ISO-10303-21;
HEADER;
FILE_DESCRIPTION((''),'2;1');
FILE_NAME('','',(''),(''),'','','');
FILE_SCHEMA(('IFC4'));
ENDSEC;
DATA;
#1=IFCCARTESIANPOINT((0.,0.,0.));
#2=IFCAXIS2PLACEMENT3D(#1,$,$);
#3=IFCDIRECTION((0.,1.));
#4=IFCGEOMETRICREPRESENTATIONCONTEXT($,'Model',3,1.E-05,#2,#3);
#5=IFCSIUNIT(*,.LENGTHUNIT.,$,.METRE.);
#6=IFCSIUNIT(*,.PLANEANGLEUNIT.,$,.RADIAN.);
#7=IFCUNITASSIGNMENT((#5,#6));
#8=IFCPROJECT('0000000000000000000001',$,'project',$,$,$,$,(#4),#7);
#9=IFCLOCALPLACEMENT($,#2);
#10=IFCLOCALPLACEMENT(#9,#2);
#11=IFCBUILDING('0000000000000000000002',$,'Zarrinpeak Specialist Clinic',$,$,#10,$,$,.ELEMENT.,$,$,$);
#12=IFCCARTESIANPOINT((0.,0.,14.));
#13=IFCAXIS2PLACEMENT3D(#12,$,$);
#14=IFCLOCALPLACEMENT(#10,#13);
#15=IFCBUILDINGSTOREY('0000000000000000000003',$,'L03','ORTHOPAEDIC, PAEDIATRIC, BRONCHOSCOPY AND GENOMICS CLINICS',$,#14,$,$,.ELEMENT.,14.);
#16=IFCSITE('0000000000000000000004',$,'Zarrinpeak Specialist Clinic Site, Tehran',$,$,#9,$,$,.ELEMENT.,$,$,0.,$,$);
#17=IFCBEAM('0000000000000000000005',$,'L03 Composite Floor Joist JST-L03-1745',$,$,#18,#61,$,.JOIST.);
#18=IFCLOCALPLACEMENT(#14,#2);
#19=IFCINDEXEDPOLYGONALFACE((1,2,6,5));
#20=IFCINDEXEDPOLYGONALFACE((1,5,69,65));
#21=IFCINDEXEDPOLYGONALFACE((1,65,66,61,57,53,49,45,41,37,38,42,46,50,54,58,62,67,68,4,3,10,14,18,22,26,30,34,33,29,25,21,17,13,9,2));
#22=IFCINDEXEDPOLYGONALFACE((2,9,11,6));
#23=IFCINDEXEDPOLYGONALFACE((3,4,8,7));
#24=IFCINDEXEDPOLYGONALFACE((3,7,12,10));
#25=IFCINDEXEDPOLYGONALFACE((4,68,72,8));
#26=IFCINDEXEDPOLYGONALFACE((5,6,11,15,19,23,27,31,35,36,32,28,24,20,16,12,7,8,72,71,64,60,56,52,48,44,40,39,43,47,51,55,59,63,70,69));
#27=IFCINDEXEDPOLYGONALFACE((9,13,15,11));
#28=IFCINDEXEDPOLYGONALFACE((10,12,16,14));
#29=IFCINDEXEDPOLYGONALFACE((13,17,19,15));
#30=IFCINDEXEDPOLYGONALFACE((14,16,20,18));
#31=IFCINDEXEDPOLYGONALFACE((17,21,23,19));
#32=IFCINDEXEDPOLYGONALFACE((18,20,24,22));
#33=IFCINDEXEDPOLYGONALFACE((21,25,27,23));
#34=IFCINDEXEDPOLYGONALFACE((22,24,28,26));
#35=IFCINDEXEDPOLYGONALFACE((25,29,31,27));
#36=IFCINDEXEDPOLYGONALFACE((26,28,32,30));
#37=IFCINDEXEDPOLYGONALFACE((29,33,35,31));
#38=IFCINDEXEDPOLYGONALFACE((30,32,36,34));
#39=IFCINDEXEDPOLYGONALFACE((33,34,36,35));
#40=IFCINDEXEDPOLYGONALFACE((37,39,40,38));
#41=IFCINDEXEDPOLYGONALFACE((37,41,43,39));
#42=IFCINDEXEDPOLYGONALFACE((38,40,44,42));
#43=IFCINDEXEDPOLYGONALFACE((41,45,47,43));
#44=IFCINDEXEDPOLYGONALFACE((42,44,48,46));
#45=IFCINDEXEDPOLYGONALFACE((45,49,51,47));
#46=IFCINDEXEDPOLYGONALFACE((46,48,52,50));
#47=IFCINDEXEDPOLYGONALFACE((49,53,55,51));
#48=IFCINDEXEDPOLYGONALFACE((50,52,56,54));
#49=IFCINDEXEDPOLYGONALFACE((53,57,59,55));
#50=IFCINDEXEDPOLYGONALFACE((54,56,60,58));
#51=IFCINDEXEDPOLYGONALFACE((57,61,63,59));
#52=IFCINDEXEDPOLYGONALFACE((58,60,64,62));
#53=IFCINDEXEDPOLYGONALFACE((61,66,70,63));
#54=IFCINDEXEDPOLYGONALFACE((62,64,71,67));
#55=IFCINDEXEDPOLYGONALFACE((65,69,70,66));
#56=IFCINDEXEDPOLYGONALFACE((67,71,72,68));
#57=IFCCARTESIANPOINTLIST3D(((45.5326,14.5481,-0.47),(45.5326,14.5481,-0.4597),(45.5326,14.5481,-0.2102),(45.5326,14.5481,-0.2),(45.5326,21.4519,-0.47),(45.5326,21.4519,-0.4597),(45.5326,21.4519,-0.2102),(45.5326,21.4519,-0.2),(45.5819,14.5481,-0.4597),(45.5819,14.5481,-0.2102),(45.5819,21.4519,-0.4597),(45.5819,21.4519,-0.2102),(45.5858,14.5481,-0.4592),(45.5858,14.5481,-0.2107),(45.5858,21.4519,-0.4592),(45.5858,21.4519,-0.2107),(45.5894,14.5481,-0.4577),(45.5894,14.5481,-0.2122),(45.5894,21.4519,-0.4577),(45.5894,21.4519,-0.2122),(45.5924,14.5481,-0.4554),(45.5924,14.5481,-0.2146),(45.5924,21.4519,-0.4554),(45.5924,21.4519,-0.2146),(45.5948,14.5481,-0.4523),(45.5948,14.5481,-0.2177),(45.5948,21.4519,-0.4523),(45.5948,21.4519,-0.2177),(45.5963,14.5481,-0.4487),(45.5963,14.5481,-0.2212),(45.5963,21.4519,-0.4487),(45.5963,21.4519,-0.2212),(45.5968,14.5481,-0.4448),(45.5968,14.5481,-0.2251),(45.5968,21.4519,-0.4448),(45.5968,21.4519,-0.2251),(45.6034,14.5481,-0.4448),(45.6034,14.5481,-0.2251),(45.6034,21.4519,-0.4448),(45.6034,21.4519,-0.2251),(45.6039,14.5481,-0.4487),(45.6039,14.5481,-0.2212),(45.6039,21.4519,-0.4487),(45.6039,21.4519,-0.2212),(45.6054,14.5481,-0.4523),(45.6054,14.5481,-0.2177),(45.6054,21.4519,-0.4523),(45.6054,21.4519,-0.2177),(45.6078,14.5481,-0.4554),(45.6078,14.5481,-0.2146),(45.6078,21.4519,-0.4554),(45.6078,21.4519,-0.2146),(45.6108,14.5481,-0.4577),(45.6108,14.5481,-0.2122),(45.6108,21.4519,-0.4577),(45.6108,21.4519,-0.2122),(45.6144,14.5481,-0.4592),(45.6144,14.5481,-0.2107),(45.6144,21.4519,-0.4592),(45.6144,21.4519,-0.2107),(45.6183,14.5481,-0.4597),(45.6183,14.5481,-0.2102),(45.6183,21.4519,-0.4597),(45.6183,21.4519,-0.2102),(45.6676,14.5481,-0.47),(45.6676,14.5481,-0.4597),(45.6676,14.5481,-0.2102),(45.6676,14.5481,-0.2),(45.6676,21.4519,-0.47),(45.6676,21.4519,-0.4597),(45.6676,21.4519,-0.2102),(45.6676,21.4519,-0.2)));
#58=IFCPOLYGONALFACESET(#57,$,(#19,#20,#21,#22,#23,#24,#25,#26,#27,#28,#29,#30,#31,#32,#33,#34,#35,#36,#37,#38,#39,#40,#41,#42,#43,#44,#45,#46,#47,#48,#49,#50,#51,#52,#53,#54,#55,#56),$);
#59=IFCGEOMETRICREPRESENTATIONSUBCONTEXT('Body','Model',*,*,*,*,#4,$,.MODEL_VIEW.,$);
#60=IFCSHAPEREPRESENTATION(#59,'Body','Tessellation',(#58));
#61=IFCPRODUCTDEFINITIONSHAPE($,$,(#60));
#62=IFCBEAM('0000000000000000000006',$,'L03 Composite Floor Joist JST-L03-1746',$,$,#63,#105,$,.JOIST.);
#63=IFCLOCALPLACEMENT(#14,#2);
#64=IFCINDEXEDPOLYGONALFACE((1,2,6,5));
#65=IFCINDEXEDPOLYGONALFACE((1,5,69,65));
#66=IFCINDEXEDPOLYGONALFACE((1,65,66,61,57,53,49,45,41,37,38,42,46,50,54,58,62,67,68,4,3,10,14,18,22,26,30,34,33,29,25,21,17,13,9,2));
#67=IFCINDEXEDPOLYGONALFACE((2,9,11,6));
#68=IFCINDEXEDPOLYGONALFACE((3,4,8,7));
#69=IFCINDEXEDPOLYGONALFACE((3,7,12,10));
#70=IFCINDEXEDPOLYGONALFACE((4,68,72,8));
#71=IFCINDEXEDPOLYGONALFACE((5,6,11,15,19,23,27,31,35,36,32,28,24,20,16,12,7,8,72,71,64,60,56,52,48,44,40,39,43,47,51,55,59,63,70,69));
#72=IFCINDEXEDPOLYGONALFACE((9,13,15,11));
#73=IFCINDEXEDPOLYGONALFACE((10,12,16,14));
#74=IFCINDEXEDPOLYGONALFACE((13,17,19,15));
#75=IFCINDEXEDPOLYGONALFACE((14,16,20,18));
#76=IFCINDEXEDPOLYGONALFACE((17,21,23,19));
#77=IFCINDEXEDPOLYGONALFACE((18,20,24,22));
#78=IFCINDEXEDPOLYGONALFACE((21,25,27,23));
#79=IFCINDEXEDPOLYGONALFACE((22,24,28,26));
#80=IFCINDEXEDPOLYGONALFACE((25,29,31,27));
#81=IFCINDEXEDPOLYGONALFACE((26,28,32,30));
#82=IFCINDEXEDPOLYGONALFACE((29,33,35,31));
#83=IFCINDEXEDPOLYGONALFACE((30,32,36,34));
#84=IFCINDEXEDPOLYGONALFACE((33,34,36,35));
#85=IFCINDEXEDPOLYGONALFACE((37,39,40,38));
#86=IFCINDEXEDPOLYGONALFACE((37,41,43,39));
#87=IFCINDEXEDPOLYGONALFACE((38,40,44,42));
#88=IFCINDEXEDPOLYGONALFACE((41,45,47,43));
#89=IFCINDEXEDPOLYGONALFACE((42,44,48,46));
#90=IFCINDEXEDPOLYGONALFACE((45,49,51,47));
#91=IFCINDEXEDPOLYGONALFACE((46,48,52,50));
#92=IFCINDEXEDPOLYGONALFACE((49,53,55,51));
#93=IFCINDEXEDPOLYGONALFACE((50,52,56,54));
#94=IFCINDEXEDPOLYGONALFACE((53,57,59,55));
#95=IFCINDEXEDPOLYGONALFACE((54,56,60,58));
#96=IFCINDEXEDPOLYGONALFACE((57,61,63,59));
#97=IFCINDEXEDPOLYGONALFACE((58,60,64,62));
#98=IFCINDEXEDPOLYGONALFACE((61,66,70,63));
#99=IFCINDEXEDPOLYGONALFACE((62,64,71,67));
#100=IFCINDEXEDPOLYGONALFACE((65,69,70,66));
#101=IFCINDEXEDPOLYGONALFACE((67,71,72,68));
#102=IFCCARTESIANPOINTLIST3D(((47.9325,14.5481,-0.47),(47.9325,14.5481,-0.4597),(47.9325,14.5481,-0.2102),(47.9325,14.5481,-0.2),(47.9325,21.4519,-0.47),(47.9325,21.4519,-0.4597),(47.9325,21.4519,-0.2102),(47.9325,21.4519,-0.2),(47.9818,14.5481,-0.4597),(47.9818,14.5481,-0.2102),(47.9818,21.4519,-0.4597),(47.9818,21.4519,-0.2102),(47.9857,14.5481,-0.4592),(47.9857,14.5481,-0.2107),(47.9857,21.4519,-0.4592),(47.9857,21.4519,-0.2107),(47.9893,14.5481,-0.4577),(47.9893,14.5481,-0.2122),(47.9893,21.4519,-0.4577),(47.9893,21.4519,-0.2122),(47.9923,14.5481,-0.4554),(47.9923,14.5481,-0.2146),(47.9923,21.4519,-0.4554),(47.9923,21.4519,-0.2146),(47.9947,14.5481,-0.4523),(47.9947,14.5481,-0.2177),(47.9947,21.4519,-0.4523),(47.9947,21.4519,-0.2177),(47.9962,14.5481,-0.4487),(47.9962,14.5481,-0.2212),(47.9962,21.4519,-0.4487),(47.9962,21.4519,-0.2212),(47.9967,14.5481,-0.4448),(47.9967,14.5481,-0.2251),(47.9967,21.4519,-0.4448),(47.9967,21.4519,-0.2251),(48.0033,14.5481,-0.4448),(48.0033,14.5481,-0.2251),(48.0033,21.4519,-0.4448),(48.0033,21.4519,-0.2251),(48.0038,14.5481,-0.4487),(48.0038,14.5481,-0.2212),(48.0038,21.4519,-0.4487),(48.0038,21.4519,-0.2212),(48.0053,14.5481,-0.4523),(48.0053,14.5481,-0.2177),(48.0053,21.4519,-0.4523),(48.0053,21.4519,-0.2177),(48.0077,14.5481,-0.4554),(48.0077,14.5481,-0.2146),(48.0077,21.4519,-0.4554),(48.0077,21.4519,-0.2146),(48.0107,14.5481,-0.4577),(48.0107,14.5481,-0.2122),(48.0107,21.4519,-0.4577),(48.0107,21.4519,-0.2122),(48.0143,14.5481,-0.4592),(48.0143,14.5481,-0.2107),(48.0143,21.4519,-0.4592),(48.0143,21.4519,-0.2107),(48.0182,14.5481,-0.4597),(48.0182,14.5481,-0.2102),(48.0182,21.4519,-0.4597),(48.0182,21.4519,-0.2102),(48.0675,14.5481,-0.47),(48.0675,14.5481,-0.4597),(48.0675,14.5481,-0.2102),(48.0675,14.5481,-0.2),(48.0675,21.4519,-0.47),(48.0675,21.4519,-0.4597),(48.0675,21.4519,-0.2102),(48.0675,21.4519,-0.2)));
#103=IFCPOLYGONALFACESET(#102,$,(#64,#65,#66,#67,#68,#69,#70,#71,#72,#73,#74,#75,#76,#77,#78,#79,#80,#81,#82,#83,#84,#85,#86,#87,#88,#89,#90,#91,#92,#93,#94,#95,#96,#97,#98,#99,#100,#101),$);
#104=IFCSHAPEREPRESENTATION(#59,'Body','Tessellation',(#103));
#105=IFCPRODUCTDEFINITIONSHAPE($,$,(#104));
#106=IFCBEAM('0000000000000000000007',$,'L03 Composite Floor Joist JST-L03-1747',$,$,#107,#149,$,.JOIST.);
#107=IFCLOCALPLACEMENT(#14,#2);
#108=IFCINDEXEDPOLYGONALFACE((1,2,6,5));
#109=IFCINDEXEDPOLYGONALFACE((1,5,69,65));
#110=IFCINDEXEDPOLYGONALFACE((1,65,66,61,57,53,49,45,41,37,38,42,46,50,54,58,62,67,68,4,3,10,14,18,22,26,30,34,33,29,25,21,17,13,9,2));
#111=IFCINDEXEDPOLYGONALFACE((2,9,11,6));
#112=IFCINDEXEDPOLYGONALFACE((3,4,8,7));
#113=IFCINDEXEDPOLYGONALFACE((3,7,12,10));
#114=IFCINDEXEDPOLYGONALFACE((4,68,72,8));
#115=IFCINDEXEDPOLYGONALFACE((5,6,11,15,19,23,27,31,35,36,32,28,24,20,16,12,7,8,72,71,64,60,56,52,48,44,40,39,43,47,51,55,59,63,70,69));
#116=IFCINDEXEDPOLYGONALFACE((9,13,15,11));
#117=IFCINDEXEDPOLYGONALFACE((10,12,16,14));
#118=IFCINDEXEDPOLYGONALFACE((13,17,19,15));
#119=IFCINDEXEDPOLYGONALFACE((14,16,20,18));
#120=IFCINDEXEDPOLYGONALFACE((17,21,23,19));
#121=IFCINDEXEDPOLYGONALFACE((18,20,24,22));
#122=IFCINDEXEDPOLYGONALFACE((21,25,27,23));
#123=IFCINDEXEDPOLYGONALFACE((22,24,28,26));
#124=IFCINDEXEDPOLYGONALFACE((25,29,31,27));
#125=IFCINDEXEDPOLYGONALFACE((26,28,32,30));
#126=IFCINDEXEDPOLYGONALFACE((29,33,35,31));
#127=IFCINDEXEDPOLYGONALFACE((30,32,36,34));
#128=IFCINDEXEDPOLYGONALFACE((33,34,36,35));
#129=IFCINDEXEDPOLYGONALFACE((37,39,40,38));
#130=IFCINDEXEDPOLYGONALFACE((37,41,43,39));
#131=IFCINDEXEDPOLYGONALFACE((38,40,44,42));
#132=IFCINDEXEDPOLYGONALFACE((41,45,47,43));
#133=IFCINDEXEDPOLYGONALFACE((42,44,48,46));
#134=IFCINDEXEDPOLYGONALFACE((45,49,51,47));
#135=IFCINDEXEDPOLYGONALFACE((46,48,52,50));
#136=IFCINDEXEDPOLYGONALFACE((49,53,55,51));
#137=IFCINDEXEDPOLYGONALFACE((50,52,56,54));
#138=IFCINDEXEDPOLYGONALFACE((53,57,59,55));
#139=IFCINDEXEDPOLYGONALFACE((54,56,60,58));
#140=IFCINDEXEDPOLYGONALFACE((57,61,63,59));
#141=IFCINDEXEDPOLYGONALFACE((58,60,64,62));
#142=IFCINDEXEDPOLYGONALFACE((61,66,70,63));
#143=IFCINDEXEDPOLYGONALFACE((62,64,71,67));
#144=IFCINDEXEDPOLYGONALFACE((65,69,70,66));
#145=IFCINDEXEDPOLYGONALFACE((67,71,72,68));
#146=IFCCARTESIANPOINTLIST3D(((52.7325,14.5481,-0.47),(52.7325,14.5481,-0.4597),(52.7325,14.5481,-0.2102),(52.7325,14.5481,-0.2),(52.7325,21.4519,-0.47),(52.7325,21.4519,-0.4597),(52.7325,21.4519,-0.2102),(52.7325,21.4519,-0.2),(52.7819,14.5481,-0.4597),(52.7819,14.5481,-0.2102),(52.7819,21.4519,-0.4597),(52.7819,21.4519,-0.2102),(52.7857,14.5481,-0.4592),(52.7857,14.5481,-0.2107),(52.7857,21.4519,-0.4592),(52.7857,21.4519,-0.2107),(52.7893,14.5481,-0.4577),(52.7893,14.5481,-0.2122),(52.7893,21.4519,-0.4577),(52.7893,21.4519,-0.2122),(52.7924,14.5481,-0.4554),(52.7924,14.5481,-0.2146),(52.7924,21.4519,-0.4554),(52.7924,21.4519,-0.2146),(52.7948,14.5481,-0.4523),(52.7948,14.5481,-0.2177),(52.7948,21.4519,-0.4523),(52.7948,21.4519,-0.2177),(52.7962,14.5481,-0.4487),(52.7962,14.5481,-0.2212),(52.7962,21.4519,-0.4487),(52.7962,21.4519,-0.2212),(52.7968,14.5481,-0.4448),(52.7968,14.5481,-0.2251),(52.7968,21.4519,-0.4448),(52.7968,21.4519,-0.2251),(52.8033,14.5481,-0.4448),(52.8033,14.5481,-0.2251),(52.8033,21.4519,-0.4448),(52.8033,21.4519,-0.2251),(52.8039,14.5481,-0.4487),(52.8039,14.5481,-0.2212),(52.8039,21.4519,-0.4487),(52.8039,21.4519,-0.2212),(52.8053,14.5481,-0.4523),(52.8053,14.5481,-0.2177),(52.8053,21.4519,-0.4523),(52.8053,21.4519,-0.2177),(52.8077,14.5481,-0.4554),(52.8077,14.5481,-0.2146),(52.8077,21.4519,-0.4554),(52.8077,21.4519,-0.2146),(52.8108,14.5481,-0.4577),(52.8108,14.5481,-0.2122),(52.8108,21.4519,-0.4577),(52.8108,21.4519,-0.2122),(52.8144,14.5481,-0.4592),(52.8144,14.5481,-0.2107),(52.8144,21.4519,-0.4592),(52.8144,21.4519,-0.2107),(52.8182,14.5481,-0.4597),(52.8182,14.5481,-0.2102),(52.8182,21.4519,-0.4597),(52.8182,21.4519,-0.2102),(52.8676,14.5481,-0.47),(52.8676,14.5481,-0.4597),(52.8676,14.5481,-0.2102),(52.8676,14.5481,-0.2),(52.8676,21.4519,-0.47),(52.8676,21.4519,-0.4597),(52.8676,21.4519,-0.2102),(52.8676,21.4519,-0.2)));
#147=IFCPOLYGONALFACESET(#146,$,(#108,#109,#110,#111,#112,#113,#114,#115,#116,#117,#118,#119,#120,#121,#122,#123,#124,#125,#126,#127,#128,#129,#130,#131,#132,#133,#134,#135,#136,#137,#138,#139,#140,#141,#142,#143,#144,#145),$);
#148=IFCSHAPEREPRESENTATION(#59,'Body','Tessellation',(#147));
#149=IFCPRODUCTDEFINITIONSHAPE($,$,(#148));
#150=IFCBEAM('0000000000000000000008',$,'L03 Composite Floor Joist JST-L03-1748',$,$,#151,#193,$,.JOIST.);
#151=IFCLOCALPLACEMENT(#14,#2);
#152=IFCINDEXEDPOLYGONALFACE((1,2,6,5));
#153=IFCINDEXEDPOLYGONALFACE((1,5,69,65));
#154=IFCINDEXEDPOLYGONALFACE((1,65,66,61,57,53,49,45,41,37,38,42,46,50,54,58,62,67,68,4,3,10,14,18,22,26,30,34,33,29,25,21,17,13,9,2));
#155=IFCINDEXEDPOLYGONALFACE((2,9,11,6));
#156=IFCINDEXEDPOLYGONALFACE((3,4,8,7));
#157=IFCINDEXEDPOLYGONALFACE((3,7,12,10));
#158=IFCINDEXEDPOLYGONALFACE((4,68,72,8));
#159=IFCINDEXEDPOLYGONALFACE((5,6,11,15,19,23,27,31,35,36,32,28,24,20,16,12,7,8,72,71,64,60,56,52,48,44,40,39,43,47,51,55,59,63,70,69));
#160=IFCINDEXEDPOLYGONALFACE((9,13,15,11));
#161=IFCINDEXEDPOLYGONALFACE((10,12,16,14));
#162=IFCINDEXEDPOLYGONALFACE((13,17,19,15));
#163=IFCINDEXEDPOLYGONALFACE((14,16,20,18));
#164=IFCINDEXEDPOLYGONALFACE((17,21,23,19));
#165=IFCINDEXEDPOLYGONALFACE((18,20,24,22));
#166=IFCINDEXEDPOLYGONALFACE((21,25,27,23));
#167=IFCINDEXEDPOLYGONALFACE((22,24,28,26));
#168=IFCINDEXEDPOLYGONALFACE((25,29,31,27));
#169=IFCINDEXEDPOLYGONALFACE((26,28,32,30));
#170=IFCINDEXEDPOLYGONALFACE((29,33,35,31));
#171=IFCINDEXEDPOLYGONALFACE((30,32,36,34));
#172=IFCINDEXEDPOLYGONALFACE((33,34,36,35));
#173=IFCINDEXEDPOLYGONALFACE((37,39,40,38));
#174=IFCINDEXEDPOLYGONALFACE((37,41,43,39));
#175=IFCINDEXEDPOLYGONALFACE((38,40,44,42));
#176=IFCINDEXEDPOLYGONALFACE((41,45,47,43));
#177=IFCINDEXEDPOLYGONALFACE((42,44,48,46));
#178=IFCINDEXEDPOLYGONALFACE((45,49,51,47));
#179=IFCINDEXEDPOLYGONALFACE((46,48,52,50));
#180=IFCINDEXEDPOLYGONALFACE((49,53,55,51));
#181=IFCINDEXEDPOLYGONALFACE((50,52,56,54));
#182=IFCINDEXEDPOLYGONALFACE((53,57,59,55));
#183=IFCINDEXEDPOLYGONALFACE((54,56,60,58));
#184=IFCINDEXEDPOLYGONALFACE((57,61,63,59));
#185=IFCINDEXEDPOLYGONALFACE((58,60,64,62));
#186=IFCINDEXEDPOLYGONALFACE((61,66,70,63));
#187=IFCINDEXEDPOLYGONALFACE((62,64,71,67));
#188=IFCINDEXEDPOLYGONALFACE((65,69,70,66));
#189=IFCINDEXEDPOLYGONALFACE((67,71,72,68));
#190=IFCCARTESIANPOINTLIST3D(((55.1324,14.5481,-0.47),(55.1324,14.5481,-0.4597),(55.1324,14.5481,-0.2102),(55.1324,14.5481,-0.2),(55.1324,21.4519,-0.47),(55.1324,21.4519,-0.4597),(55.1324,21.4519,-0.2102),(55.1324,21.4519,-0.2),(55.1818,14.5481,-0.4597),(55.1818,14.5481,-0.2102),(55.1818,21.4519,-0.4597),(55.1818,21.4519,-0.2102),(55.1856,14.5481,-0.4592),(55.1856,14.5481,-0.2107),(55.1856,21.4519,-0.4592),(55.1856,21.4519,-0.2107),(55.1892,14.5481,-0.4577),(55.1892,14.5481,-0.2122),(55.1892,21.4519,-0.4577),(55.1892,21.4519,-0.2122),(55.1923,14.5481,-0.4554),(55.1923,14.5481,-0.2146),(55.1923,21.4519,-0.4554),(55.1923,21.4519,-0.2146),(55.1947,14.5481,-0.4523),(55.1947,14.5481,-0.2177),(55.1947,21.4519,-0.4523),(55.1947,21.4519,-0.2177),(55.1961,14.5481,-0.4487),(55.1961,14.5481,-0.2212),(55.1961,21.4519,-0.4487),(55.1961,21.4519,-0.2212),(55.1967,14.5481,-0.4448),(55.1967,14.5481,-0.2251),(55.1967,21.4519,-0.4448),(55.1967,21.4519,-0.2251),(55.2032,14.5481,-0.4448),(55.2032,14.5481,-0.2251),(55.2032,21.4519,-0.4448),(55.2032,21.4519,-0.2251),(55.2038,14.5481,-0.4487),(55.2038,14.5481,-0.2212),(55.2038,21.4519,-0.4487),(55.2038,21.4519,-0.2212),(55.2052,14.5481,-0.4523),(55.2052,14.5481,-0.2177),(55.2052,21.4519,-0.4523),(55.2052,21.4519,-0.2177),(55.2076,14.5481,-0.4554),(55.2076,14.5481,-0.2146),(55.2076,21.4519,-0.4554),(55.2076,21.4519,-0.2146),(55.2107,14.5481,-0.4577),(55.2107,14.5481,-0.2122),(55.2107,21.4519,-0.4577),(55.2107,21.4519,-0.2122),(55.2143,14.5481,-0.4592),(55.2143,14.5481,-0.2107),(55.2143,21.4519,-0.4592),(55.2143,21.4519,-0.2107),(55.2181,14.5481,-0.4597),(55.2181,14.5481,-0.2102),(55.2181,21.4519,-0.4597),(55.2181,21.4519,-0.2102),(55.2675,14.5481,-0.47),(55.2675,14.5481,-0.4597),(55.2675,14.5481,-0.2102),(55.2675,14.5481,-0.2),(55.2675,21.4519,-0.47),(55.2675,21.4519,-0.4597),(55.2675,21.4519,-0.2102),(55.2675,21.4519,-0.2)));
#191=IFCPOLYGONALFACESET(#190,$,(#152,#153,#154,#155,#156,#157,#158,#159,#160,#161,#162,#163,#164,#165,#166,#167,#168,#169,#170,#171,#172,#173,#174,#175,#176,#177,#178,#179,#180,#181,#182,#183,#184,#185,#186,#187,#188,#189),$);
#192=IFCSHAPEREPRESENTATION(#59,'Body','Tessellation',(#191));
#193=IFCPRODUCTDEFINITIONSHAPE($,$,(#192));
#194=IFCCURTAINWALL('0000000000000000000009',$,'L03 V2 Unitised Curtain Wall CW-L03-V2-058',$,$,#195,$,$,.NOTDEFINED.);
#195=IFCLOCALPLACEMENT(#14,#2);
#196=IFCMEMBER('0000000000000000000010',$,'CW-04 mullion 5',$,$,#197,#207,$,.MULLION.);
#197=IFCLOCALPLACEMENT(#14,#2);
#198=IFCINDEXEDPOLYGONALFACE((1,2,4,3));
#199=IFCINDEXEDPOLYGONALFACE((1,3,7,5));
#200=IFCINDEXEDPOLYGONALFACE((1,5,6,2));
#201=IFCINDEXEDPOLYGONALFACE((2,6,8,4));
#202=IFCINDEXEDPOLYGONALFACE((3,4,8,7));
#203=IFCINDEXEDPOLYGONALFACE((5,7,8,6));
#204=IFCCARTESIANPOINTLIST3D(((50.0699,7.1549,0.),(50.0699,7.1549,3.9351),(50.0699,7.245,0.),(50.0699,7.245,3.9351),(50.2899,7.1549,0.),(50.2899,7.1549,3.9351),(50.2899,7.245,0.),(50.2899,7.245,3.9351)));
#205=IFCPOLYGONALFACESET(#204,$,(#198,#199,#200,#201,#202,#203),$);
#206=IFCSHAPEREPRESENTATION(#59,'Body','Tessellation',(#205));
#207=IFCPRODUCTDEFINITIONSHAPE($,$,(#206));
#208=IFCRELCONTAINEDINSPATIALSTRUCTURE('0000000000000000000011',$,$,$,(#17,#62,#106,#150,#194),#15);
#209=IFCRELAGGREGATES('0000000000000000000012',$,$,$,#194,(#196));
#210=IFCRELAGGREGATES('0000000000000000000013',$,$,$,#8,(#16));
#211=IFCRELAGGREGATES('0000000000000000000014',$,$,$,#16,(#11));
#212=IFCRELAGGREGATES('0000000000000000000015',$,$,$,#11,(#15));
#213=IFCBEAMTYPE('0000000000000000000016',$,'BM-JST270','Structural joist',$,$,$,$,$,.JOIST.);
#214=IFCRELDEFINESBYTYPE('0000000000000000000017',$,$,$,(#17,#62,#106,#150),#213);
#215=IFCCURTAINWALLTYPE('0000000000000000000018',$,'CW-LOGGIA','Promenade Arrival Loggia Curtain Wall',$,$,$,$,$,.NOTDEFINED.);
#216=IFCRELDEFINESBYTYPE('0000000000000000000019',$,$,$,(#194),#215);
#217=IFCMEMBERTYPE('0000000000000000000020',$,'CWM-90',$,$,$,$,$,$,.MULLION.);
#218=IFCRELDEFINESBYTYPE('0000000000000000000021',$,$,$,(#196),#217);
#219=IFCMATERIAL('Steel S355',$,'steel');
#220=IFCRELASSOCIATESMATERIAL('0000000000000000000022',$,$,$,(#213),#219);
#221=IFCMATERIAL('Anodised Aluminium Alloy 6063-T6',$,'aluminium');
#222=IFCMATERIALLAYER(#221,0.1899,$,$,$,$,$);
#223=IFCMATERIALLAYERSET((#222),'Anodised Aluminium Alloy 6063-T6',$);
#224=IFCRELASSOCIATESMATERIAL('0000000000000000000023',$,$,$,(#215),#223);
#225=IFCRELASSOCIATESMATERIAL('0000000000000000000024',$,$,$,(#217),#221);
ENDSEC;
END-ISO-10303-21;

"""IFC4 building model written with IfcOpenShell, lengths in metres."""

from ifc_helpers import new_model, si_unit, direction, frame, origin, origin_2d, place, context, subcontext, project, spatial, rectangle, i_section, extrude, material, layer, layer_set, material_profile, profile_set, type_object, element, aggregate, save


model = new_model("IFC4")

# Units and contexts
model_context = context("Model", 3, precision=1e-05, world=origin(), true_north=direction((0.0, 1.0)))
body_context = subcontext(model_context, "Body", "Model", "MODEL_VIEW")
ifc_project = project(units=[si_unit("LENGTHUNIT", "METRE"), si_unit("PLANEANGLEUNIT", "RADIAN")], contexts=[model_context])

# Site, building, storey
site_placement = place(None, origin())
site = spatial("IfcSite", under=ifc_project, at=site_placement, Name="Zarrinpeak Specialist Clinic Site, Tehran", CompositionType="ELEMENT", RefElevation=0.0)
building_placement = place(site_placement, origin())
building = spatial("IfcBuilding", under=site, at=building_placement, Name="Zarrinpeak Specialist Clinic", CompositionType="ELEMENT")
storey_placement = place(building_placement, frame((0.0, 0.0, 14.0)))
storey = spatial("IfcBuildingStorey", under=building, at=storey_placement, Name="L03", Description="ORTHOPAEDIC, PAEDIATRIC, BRONCHOSCOPY AND GENOMICS CLINICS", CompositionType="ELEMENT", Elevation=14.0)

# Shared definitions
ifc_material_1 = material(Name="Steel S355", Category="steel")

# Beams
ifc_material_profile_1 = material_profile(ifc_material_1, i_section(OverallWidth=0.135, OverallDepth=0.27, WebThickness=0.0066, FlangeThickness=0.0103, FilletRadius=0.0149, at=origin_2d()), Name="IPE 270")
ifc_profile_set_1 = profile_set([ifc_material_profile_1], Name="Steel S355")
beam_type_1 = type_object("IfcBeamType", Name="BM-JST270", Description="Structural joist", PredefinedType="JOIST", material=ifc_profile_set_1)
for number, where, z_axis, x_axis, name in (
    (1, (45.6001, 14.5481, -0.335), (0.0, 1.0, 0.0), (-1.0, 0.0, 0.0), "L03 Composite Floor Joist JST-L03-1745"),
    (2, (48.0, 14.5481, -0.335), (0.0, 1.0, 0.0), (-1.0, 0.0, 0.0), "L03 Composite Floor Joist JST-L03-1746"),
    (3, (52.8, 14.5481, -0.335), (0.0, 1.0, 0.0), (-1.0, 0.0, 0.0), "L03 Composite Floor Joist JST-L03-1747"),
    (4, (55.2, 14.5481, -0.335), (0.0, 1.0, 0.0), (-1.0, 0.0, 0.0), "L03 Composite Floor Joist JST-L03-1748"),
):
    element("IfcBeam", number, at=place(storey_placement, frame(where, z_axis=z_axis, x_axis=x_axis)), inside=storey, type_object=beam_type_1, Name=name, PredefinedType="JOIST", context=body_context, shape_type="SweptSolid", body=[
        extrude(i_section(OverallWidth=0.135, OverallDepth=0.27, WebThickness=0.0066, FlangeThickness=0.0103, FilletRadius=0.0149, at=origin_2d()), origin(), (0.0, 0.0, 1.0), 6.9038),
    ])

# Curtain wall, member
ifc_material_2 = material(Name="Anodised Aluminium Alloy 6063-T6", Category="aluminium")
ifc_layer_1 = layer(ifc_material_2, 0.1899)
ifc_layer_set_1 = layer_set([ifc_layer_1], Name="Anodised Aluminium Alloy 6063-T6")
curtain_wall_type = type_object("IfcCurtainWallType", Name="CW-LOGGIA", Description="Promenade Arrival Loggia Curtain Wall", PredefinedType="NOTDEFINED", material=ifc_layer_set_1)
curtain_wall_placement = place(storey_placement, origin())
curtain_wall = element("IfcCurtainWall", 5, at=curtain_wall_placement, inside=storey, type_object=curtain_wall_type, Name="L03 V2 Unitised Curtain Wall CW-L03-V2-058", PredefinedType="NOTDEFINED")
ifc_material_profile_2 = material_profile(ifc_material_2, rectangle(XDim=0.0901, YDim=0.22, at=origin_2d()), Name="ALU 90x220")
ifc_profile_set_2 = profile_set([ifc_material_profile_2], Name="Anodised Aluminium Alloy 6063-T6")
member_type = type_object("IfcMemberType", Name="CWM-90", PredefinedType="MULLION", material=ifc_profile_set_2)
member_placement = place(storey_placement, frame((50.1799, 7.2, 0.0), z_axis=(0.0, 0.0, 1.0), x_axis=(0.0, 1.0, 0.0)))
member = element("IfcMember", 6, at=member_placement, type_object=member_type, Name="CW-04 mullion 5", PredefinedType="MULLION", context=body_context, shape_type="SweptSolid", body=[
    extrude(rectangle(XDim=0.0901, YDim=0.22, at=origin_2d()), origin(), (0.0, 0.0, 1.0), 3.9351),
])
aggregate(curtain_wall, [member])

save(model, "model.ifc")
